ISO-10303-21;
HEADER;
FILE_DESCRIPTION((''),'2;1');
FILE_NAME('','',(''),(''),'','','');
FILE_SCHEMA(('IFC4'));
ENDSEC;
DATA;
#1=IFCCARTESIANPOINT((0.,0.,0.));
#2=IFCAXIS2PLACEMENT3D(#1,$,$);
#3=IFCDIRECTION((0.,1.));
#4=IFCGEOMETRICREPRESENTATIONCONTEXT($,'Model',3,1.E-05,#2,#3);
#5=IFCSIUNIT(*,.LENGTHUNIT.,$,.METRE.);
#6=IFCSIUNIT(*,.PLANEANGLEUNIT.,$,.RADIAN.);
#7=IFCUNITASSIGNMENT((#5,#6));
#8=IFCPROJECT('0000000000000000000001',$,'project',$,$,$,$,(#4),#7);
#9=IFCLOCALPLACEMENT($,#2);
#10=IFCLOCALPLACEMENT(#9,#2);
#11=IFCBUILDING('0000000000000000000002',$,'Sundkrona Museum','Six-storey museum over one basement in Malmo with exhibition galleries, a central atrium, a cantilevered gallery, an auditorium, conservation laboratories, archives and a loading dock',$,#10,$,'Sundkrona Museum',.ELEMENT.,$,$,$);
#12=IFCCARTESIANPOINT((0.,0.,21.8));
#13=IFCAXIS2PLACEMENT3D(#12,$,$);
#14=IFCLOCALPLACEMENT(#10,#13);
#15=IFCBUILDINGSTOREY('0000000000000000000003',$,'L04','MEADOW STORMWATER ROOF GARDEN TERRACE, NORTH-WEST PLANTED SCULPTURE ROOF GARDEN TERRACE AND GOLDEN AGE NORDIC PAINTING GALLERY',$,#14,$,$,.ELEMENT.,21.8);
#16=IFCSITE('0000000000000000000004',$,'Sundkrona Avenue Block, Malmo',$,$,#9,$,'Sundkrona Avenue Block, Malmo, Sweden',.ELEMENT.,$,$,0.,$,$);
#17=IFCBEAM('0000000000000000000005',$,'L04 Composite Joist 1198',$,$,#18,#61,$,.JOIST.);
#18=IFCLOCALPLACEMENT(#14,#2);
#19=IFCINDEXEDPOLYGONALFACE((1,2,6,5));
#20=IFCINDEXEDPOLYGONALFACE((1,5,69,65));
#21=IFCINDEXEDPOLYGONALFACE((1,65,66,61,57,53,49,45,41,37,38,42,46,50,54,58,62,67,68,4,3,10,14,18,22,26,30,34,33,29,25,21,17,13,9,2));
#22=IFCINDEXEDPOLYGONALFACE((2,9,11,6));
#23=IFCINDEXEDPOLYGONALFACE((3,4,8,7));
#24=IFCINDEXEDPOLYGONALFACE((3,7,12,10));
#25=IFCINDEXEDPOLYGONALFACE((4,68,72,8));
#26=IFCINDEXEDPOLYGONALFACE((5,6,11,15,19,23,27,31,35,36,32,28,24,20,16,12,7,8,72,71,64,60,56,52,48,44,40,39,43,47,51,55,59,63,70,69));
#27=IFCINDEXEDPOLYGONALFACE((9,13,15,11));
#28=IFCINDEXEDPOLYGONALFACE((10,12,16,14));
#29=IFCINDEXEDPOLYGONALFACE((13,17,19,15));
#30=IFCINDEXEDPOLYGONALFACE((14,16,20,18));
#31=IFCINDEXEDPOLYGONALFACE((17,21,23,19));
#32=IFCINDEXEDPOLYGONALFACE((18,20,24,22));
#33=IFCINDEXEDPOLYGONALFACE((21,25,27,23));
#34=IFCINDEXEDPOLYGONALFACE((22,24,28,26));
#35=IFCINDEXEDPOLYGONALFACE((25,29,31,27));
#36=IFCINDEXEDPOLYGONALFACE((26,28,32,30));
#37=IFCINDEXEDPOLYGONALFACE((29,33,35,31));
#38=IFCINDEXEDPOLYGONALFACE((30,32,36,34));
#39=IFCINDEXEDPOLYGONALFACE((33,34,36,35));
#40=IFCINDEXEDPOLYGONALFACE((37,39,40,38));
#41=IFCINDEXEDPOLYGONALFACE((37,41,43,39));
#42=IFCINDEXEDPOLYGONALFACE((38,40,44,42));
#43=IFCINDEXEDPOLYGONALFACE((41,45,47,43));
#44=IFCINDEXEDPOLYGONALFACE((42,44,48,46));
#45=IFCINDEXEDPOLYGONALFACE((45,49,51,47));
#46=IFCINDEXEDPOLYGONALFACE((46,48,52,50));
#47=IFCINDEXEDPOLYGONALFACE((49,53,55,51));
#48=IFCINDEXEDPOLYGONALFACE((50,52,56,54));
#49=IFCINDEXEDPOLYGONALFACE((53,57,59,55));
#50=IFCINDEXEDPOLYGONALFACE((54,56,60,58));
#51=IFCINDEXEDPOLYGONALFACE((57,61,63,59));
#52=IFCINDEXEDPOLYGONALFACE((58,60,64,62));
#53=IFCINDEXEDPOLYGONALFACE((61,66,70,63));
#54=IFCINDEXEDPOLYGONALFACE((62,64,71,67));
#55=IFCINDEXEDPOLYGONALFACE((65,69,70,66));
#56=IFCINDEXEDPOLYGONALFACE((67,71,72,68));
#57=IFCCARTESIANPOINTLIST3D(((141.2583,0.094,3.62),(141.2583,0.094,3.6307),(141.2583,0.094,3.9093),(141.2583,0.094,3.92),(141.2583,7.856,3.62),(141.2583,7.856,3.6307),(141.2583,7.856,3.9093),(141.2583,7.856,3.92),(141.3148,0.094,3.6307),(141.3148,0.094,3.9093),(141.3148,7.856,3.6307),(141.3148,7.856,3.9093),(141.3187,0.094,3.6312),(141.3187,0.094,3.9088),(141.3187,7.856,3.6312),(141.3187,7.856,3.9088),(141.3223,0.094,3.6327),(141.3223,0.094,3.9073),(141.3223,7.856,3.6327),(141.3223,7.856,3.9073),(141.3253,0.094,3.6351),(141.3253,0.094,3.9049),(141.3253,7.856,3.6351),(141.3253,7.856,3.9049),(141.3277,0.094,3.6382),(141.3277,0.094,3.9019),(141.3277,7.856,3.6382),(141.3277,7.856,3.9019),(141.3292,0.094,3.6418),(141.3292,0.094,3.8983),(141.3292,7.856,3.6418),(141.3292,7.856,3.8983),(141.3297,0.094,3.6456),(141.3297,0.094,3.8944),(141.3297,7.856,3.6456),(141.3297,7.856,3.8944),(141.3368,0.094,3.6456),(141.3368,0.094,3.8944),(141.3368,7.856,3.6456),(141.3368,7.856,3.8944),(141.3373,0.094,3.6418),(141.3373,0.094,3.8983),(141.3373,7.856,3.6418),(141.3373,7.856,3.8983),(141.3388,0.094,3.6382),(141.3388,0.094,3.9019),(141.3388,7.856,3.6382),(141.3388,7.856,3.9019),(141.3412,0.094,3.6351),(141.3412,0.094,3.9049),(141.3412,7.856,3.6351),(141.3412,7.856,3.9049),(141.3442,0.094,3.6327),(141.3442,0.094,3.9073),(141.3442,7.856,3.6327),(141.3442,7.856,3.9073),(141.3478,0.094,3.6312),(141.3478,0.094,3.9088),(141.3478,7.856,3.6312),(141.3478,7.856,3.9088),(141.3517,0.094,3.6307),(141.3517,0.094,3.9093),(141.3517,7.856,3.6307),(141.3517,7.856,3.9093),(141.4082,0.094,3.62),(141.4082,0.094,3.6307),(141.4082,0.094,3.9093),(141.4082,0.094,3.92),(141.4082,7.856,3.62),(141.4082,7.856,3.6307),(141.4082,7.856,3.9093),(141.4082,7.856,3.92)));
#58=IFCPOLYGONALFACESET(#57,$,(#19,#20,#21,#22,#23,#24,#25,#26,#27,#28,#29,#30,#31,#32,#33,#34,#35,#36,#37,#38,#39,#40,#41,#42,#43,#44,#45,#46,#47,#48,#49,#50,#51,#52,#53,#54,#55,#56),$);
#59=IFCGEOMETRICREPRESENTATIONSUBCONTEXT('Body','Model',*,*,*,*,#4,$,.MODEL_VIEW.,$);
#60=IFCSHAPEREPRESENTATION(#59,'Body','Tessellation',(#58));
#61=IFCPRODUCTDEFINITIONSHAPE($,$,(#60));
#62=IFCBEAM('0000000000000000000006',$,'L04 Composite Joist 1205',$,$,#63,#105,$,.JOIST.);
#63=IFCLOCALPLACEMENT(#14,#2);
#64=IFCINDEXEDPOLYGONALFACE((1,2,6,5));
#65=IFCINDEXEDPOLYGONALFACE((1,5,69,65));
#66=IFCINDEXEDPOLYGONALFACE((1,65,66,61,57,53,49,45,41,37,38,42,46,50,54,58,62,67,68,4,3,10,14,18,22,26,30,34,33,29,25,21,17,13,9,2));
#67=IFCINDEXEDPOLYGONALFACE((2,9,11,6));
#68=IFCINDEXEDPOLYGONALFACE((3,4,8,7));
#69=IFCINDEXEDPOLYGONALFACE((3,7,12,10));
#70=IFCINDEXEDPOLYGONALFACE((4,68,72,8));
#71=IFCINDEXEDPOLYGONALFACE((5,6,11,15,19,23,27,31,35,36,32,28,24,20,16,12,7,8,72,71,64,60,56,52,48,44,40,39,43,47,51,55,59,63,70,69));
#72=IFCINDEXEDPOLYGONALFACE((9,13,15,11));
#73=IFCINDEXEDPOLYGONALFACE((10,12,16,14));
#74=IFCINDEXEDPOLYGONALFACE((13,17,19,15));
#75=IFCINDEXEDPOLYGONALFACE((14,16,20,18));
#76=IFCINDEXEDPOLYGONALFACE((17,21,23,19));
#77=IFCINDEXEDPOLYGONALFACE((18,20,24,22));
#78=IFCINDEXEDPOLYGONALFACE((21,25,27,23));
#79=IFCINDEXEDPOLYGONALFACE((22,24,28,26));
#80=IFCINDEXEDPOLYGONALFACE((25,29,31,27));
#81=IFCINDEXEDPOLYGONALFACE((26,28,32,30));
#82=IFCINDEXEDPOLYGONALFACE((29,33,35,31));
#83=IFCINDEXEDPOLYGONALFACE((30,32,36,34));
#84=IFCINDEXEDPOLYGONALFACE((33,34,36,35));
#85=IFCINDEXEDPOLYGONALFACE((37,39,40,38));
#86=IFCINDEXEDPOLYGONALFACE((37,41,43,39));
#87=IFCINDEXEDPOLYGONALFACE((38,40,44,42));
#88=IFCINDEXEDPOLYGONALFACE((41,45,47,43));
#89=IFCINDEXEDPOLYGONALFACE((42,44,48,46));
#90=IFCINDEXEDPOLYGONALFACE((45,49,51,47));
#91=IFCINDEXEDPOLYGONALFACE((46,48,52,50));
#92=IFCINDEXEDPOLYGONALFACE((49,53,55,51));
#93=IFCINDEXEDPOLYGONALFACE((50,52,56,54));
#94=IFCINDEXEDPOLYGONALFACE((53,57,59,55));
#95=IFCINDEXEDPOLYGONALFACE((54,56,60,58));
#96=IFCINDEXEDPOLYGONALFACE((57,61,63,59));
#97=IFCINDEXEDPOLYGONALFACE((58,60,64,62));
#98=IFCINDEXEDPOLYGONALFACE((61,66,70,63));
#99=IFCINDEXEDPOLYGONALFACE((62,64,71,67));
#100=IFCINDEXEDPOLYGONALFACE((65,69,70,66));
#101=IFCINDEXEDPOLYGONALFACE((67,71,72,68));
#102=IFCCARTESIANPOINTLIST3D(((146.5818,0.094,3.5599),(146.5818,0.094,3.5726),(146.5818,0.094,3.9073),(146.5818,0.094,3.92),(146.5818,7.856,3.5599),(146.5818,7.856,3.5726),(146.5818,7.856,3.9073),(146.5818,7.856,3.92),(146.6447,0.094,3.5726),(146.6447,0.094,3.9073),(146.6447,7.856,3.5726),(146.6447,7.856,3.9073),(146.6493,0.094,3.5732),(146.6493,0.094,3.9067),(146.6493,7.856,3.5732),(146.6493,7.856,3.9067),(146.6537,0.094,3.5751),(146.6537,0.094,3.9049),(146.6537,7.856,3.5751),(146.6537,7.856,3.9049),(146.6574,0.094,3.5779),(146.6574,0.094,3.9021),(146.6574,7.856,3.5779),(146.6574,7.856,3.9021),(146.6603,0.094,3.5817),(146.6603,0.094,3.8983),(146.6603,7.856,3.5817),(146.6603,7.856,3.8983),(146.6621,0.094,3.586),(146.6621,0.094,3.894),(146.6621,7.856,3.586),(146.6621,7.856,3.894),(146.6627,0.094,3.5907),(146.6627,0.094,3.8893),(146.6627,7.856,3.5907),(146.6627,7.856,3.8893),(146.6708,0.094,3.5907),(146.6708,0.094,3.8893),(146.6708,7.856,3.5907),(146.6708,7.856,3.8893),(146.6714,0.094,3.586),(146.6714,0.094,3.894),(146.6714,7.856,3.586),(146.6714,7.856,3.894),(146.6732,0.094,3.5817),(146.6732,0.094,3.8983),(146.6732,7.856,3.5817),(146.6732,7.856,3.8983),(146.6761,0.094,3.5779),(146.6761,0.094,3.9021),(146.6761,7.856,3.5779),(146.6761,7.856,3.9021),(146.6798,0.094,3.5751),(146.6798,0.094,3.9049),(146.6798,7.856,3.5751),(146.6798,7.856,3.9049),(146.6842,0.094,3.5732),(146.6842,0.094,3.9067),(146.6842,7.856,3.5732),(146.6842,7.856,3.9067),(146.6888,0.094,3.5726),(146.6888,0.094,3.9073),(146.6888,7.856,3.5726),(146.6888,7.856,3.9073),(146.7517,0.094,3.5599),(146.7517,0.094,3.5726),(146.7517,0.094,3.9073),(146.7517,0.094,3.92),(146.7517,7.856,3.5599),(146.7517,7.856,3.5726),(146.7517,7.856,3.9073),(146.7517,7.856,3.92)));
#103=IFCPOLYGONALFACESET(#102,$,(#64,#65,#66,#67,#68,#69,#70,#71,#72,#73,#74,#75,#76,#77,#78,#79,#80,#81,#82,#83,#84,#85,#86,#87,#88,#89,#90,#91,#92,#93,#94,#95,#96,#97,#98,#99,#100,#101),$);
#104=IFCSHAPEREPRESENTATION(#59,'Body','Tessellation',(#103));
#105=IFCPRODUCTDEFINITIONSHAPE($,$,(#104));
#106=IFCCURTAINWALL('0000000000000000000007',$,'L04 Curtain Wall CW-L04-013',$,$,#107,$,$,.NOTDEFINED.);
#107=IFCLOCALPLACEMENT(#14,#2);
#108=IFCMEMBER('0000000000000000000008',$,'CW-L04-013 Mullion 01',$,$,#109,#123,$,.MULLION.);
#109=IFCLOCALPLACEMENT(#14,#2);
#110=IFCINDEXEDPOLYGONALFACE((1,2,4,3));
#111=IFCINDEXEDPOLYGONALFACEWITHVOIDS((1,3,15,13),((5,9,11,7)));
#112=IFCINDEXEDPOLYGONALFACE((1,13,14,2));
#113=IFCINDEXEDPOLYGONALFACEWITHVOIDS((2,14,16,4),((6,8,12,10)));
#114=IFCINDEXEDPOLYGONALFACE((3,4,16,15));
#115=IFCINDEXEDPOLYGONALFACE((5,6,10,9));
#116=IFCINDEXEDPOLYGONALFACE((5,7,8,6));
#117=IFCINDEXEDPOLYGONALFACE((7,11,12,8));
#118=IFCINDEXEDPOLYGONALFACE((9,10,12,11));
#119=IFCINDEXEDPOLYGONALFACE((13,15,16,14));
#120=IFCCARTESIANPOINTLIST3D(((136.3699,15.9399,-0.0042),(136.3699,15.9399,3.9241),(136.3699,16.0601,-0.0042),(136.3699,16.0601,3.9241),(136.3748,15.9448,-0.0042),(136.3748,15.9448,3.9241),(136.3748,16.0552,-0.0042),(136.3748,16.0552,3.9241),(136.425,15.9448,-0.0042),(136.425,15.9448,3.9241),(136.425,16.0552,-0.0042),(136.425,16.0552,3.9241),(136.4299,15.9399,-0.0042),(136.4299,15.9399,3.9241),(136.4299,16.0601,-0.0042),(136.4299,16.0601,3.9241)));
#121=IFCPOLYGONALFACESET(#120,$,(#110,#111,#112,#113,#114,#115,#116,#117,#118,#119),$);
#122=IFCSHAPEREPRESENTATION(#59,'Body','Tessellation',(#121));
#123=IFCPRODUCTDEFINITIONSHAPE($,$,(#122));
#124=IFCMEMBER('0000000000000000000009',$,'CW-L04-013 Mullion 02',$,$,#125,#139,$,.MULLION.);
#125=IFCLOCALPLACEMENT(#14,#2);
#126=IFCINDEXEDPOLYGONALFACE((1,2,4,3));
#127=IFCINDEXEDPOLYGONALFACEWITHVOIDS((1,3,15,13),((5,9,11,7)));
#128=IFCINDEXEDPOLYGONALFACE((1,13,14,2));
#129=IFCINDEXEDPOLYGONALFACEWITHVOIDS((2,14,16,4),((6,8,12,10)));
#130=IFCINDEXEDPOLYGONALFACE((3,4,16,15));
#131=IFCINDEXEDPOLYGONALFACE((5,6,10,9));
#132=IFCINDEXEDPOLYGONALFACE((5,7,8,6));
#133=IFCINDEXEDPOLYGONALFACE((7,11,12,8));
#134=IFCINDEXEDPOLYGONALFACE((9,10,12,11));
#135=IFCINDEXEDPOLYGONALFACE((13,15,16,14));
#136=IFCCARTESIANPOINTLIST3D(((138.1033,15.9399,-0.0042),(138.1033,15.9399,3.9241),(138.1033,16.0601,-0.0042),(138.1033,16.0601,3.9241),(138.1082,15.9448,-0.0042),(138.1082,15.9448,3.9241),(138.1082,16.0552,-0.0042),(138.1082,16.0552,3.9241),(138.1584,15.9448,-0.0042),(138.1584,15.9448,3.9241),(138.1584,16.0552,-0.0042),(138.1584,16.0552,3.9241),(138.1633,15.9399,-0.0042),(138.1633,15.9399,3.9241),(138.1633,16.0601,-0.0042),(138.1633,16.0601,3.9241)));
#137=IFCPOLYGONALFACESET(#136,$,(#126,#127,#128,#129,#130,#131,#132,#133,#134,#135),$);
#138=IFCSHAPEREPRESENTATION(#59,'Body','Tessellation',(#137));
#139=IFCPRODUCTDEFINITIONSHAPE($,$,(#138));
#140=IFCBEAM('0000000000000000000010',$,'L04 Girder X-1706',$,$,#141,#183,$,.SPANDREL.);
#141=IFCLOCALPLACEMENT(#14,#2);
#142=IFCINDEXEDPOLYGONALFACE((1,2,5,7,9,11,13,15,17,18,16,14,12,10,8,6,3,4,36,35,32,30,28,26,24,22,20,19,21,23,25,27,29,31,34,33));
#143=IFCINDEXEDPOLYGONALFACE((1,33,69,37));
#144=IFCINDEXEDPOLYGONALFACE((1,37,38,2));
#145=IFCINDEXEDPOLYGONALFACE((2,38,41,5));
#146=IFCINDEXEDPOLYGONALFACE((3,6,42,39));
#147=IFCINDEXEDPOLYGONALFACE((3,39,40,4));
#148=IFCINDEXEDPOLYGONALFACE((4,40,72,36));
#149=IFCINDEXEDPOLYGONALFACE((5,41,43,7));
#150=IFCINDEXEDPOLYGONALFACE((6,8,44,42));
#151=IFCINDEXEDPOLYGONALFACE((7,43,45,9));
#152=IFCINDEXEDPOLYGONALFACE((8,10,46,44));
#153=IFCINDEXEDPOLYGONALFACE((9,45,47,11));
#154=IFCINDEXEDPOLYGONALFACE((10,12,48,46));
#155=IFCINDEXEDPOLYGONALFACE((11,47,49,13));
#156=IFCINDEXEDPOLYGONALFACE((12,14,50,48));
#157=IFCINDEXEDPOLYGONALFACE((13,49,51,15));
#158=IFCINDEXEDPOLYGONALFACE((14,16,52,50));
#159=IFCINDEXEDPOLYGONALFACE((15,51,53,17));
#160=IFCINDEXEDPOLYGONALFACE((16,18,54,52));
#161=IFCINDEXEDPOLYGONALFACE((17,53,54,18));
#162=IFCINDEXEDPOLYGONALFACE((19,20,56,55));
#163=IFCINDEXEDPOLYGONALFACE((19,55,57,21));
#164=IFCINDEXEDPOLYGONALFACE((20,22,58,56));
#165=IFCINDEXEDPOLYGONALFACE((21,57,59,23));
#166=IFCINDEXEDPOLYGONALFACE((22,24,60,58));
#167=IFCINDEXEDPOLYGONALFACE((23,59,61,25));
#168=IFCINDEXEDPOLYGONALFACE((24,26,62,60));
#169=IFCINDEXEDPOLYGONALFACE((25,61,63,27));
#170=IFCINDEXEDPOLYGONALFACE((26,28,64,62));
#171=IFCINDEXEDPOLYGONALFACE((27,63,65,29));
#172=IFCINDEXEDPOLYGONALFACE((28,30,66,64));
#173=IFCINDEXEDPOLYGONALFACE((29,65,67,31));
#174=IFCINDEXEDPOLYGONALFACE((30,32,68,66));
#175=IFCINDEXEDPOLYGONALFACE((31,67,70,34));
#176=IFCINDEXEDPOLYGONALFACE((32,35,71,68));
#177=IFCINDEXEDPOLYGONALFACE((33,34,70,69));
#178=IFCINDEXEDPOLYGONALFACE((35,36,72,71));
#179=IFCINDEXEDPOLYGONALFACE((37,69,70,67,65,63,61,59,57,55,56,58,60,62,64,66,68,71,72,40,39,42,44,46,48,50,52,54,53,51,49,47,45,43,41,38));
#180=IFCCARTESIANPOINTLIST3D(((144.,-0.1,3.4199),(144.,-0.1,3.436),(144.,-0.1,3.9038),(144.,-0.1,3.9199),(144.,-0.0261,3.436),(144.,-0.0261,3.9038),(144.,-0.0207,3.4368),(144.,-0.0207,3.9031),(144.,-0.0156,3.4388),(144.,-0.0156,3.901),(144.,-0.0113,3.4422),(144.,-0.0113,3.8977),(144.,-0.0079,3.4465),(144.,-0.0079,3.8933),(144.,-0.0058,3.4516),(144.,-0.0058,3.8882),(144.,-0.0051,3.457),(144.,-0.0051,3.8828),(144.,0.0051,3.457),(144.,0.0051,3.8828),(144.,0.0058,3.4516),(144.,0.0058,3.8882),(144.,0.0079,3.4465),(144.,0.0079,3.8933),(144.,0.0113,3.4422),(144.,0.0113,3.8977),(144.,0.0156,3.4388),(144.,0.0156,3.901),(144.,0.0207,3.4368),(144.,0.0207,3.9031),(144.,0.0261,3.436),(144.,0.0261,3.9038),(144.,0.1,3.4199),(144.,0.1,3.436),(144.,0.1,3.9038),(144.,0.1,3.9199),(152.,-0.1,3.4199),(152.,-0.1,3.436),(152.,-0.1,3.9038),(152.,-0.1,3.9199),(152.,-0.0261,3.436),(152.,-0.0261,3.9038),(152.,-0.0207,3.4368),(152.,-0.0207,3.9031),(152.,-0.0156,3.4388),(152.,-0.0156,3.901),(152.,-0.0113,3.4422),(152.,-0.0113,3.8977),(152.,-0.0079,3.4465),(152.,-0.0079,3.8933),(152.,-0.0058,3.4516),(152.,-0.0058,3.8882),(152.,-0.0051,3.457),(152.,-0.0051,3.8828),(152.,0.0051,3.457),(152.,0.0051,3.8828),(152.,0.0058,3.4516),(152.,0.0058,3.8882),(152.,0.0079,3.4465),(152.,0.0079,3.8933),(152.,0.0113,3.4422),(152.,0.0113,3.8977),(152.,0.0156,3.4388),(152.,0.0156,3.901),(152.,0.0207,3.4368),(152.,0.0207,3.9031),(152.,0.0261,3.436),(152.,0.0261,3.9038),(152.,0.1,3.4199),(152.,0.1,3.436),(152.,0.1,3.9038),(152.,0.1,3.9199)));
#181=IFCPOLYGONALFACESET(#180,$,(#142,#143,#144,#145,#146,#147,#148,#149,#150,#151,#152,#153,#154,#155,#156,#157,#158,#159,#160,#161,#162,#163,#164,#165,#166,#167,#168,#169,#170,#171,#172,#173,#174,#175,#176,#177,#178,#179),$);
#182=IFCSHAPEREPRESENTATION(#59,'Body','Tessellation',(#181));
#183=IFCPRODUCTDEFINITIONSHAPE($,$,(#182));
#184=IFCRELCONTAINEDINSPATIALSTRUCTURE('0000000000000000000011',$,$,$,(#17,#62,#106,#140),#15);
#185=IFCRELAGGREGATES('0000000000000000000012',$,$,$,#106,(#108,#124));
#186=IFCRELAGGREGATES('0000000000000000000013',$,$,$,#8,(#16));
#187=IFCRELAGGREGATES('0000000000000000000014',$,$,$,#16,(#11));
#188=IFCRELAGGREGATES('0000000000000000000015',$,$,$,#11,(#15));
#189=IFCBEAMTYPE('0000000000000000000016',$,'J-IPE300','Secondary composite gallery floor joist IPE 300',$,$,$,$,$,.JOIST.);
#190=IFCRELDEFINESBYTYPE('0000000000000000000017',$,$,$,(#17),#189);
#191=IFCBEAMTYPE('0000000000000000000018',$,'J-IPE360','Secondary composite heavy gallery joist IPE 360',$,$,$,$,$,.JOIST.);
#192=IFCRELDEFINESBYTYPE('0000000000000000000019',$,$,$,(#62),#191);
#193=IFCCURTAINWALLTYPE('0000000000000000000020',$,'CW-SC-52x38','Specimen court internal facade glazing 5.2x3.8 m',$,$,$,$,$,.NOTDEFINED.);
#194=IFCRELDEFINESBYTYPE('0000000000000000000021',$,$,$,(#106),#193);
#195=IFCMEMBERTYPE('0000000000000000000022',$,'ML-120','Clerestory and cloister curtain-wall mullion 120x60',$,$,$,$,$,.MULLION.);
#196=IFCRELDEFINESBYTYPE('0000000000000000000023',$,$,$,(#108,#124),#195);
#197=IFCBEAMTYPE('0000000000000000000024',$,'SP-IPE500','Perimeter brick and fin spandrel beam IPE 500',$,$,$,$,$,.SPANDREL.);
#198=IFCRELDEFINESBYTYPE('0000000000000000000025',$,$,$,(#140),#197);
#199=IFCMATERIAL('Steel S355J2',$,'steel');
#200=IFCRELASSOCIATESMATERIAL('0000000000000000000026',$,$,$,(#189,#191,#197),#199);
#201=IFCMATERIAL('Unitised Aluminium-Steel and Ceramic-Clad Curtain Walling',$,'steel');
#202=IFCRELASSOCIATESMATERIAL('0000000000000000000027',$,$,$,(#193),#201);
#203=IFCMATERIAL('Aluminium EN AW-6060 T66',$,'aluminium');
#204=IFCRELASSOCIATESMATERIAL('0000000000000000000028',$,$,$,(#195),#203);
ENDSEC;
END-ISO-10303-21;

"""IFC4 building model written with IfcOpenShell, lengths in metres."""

from ifc_helpers import new_model, si_unit, direction, frame, origin, origin_2d, place, context, subcontext, project, spatial, hollow_rectangle, i_section, extrude, material, material_profile, profile_set, type_object, element, aggregate, save


model = new_model("IFC4")

# Units and contexts
model_context = context("Model", 3, precision=1e-05, world=origin(), true_north=direction((0.0, 1.0)))
body_context = subcontext(model_context, "Body", "Model", "MODEL_VIEW")
ifc_project = project(units=[si_unit("LENGTHUNIT", "METRE"), si_unit("PLANEANGLEUNIT", "RADIAN")], contexts=[model_context])

# Site, building, storey
site_placement = place(None, origin())
site = spatial("IfcSite", under=ifc_project, at=site_placement, Name="Sundkrona Avenue Block, Malmo", LongName="Sundkrona Avenue Block, Malmo, Sweden", CompositionType="ELEMENT", RefElevation=0.0)
building_placement = place(site_placement, origin())
building = spatial("IfcBuilding", under=site, at=building_placement, Name="Sundkrona Museum", Description="Six-storey museum over one basement in Malmo with exhibition galleries, a central atrium, a cantilevered gallery, an auditorium, conservation laboratories, archives and a loading dock", LongName="Sundkrona Museum", CompositionType="ELEMENT")
storey_placement = place(building_placement, frame((0.0, 0.0, 21.8)))
storey = spatial("IfcBuildingStorey", under=building, at=storey_placement, Name="L04", Description="MEADOW STORMWATER ROOF GARDEN TERRACE, NORTH-WEST PLANTED SCULPTURE ROOF GARDEN TERRACE AND GOLDEN AGE NORDIC PAINTING GALLERY", CompositionType="ELEMENT", Elevation=21.8)

# Shared definitions
ifc_material_1 = material(Name="Steel S355J2", Category="steel")

# Beams
ifc_material_profile_1 = material_profile(ifc_material_1, i_section(OverallWidth=0.1499, OverallDepth=0.3, WebThickness=0.0071, FlangeThickness=0.0107, FilletRadius=0.0149, at=origin_2d()), Name="IPE 300")
ifc_profile_set_1 = profile_set([ifc_material_profile_1], Name="Steel S355J2")
beam_type_1 = type_object("IfcBeamType", Name="J-IPE300", Description="Secondary composite gallery floor joist IPE 300", PredefinedType="JOIST", material=ifc_profile_set_1)
for number, where, z_axis, x_axis, name in (
    (1, (141.3333, 0.094, 3.77), (0.0, 1.0, 0.0), (-1.0, 0.0, 0.0), "L04 Composite Joist 1198"),
):
    element("IfcBeam", number, at=place(storey_placement, frame(where, z_axis=z_axis, x_axis=x_axis)), inside=storey, type_object=beam_type_1, Name=name, PredefinedType="JOIST", context=body_context, shape_type="SweptSolid", body=[
        extrude(i_section(OverallWidth=0.1499, OverallDepth=0.3, WebThickness=0.0071, FlangeThickness=0.0107, FilletRadius=0.0149, at=origin_2d()), origin(), (0.0, 0.0, 1.0), 7.762),
    ])
ifc_material_profile_2 = material_profile(ifc_material_1, i_section(OverallWidth=0.1699, OverallDepth=0.3601, WebThickness=0.0081, FlangeThickness=0.0127, FilletRadius=0.0181, at=origin_2d()), Name="IPE 360")
ifc_profile_set_2 = profile_set([ifc_material_profile_2], Name="Steel S355J2")
beam_type_2 = type_object("IfcBeamType", Name="J-IPE360", Description="Secondary composite heavy gallery joist IPE 360", PredefinedType="JOIST", material=ifc_profile_set_2)
beam_1_placement = place(storey_placement, frame((146.6667, 0.094, 3.74), z_axis=(0.0, 1.0, 0.0), x_axis=(-1.0, 0.0, 0.0)))
element("IfcBeam", 2, at=beam_1_placement, inside=storey, type_object=beam_type_2, Name="L04 Composite Joist 1205", PredefinedType="JOIST", context=body_context, shape_type="SweptSolid", body=[
    extrude(i_section(OverallWidth=0.1699, OverallDepth=0.3601, WebThickness=0.0081, FlangeThickness=0.0127, FilletRadius=0.0181, at=origin_2d()), origin(), (0.0, 0.0, 1.0), 7.762),
])

# Curtain wall, members
ifc_material_2 = material(Name="Unitised Aluminium-Steel and Ceramic-Clad Curtain Walling", Category="steel")
curtain_wall_type = type_object("IfcCurtainWallType", Name="CW-SC-52x38", Description="Specimen court internal facade glazing 5.2x3.8 m", PredefinedType="NOTDEFINED", material=ifc_material_2)
curtain_wall_placement = place(storey_placement, origin())
curtain_wall = element("IfcCurtainWall", 3, at=curtain_wall_placement, inside=storey, type_object=curtain_wall_type, Name="L04 Curtain Wall CW-L04-013", PredefinedType="NOTDEFINED")
ifc_material_3 = material(Name="Aluminium EN AW-6060 T66", Category="aluminium")
ifc_material_profile_3 = material_profile(ifc_material_3, hollow_rectangle(XDim=0.0601, YDim=0.1201, WallThickness=0.0049, at=origin_2d()), Name="RHS 120x60x5.0")
ifc_profile_set_3 = profile_set([ifc_material_profile_3], Name="Aluminium EN AW-6060 T66")
member_type_1 = type_object("IfcMemberType", Name="ML-120", Description="Clerestory and cloister curtain-wall mullion 120x60", PredefinedType="MULLION", material=ifc_profile_set_3)
member_1_placement = place(storey_placement, frame((136.3999, 16.0, -0.0042), z_axis=(0.0, 0.0, 1.0), x_axis=(1.0, 0.0, 0.0)))
member_1 = element("IfcMember", 4, at=member_1_placement, type_object=member_type_1, Name="CW-L04-013 Mullion 01", PredefinedType="MULLION", context=body_context, shape_type="SweptSolid", body=[
    extrude(hollow_rectangle(XDim=0.0601, YDim=0.1201, WallThickness=0.0049, at=origin_2d()), origin(), (0.0, 0.0, 1.0), 3.9282),
])
member_2_placement = place(storey_placement, frame((138.1333, 16.0, -0.0042), z_axis=(0.0, 0.0, 1.0), x_axis=(1.0, 0.0, 0.0)))
member_2 = element("IfcMember", 5, at=member_2_placement, type_object=member_type_1, Name="CW-L04-013 Mullion 02", PredefinedType="MULLION", context=body_context, shape_type="SweptSolid", body=[
    extrude(hollow_rectangle(XDim=0.0601, YDim=0.1201, WallThickness=0.0049, at=origin_2d()), origin(), (0.0, 0.0, 1.0), 3.9282),
])

# Beam
ifc_material_profile_4 = material_profile(ifc_material_1, i_section(OverallWidth=0.2, OverallDepth=0.5, WebThickness=0.0103, FlangeThickness=0.0161, FilletRadius=0.021, at=origin_2d()), Name="IPE 500")
ifc_profile_set_4 = profile_set([ifc_material_profile_4], Name="Steel S355J2")
beam_type_3 = type_object("IfcBeamType", Name="SP-IPE500", Description="Perimeter brick and fin spandrel beam IPE 500", PredefinedType="SPANDREL", material=ifc_profile_set_4)
beam_2_placement = place(storey_placement, frame((144.0, 0.0, 3.6699), z_axis=(1.0, 0.0, 0.0), x_axis=(0.0, 1.0, 0.0)))
element("IfcBeam", 6, at=beam_2_placement, inside=storey, type_object=beam_type_3, Name="L04 Girder X-1706", PredefinedType="SPANDREL", context=body_context, shape_type="SweptSolid", body=[
    extrude(i_section(OverallWidth=0.2, OverallDepth=0.5, WebThickness=0.0103, FlangeThickness=0.0161, FilletRadius=0.021, at=origin_2d()), origin(), (0.0, 0.0, 1.0), 8.0),
])

aggregate(curtain_wall, [member_1, member_2])

save(model, "model.ifc")
